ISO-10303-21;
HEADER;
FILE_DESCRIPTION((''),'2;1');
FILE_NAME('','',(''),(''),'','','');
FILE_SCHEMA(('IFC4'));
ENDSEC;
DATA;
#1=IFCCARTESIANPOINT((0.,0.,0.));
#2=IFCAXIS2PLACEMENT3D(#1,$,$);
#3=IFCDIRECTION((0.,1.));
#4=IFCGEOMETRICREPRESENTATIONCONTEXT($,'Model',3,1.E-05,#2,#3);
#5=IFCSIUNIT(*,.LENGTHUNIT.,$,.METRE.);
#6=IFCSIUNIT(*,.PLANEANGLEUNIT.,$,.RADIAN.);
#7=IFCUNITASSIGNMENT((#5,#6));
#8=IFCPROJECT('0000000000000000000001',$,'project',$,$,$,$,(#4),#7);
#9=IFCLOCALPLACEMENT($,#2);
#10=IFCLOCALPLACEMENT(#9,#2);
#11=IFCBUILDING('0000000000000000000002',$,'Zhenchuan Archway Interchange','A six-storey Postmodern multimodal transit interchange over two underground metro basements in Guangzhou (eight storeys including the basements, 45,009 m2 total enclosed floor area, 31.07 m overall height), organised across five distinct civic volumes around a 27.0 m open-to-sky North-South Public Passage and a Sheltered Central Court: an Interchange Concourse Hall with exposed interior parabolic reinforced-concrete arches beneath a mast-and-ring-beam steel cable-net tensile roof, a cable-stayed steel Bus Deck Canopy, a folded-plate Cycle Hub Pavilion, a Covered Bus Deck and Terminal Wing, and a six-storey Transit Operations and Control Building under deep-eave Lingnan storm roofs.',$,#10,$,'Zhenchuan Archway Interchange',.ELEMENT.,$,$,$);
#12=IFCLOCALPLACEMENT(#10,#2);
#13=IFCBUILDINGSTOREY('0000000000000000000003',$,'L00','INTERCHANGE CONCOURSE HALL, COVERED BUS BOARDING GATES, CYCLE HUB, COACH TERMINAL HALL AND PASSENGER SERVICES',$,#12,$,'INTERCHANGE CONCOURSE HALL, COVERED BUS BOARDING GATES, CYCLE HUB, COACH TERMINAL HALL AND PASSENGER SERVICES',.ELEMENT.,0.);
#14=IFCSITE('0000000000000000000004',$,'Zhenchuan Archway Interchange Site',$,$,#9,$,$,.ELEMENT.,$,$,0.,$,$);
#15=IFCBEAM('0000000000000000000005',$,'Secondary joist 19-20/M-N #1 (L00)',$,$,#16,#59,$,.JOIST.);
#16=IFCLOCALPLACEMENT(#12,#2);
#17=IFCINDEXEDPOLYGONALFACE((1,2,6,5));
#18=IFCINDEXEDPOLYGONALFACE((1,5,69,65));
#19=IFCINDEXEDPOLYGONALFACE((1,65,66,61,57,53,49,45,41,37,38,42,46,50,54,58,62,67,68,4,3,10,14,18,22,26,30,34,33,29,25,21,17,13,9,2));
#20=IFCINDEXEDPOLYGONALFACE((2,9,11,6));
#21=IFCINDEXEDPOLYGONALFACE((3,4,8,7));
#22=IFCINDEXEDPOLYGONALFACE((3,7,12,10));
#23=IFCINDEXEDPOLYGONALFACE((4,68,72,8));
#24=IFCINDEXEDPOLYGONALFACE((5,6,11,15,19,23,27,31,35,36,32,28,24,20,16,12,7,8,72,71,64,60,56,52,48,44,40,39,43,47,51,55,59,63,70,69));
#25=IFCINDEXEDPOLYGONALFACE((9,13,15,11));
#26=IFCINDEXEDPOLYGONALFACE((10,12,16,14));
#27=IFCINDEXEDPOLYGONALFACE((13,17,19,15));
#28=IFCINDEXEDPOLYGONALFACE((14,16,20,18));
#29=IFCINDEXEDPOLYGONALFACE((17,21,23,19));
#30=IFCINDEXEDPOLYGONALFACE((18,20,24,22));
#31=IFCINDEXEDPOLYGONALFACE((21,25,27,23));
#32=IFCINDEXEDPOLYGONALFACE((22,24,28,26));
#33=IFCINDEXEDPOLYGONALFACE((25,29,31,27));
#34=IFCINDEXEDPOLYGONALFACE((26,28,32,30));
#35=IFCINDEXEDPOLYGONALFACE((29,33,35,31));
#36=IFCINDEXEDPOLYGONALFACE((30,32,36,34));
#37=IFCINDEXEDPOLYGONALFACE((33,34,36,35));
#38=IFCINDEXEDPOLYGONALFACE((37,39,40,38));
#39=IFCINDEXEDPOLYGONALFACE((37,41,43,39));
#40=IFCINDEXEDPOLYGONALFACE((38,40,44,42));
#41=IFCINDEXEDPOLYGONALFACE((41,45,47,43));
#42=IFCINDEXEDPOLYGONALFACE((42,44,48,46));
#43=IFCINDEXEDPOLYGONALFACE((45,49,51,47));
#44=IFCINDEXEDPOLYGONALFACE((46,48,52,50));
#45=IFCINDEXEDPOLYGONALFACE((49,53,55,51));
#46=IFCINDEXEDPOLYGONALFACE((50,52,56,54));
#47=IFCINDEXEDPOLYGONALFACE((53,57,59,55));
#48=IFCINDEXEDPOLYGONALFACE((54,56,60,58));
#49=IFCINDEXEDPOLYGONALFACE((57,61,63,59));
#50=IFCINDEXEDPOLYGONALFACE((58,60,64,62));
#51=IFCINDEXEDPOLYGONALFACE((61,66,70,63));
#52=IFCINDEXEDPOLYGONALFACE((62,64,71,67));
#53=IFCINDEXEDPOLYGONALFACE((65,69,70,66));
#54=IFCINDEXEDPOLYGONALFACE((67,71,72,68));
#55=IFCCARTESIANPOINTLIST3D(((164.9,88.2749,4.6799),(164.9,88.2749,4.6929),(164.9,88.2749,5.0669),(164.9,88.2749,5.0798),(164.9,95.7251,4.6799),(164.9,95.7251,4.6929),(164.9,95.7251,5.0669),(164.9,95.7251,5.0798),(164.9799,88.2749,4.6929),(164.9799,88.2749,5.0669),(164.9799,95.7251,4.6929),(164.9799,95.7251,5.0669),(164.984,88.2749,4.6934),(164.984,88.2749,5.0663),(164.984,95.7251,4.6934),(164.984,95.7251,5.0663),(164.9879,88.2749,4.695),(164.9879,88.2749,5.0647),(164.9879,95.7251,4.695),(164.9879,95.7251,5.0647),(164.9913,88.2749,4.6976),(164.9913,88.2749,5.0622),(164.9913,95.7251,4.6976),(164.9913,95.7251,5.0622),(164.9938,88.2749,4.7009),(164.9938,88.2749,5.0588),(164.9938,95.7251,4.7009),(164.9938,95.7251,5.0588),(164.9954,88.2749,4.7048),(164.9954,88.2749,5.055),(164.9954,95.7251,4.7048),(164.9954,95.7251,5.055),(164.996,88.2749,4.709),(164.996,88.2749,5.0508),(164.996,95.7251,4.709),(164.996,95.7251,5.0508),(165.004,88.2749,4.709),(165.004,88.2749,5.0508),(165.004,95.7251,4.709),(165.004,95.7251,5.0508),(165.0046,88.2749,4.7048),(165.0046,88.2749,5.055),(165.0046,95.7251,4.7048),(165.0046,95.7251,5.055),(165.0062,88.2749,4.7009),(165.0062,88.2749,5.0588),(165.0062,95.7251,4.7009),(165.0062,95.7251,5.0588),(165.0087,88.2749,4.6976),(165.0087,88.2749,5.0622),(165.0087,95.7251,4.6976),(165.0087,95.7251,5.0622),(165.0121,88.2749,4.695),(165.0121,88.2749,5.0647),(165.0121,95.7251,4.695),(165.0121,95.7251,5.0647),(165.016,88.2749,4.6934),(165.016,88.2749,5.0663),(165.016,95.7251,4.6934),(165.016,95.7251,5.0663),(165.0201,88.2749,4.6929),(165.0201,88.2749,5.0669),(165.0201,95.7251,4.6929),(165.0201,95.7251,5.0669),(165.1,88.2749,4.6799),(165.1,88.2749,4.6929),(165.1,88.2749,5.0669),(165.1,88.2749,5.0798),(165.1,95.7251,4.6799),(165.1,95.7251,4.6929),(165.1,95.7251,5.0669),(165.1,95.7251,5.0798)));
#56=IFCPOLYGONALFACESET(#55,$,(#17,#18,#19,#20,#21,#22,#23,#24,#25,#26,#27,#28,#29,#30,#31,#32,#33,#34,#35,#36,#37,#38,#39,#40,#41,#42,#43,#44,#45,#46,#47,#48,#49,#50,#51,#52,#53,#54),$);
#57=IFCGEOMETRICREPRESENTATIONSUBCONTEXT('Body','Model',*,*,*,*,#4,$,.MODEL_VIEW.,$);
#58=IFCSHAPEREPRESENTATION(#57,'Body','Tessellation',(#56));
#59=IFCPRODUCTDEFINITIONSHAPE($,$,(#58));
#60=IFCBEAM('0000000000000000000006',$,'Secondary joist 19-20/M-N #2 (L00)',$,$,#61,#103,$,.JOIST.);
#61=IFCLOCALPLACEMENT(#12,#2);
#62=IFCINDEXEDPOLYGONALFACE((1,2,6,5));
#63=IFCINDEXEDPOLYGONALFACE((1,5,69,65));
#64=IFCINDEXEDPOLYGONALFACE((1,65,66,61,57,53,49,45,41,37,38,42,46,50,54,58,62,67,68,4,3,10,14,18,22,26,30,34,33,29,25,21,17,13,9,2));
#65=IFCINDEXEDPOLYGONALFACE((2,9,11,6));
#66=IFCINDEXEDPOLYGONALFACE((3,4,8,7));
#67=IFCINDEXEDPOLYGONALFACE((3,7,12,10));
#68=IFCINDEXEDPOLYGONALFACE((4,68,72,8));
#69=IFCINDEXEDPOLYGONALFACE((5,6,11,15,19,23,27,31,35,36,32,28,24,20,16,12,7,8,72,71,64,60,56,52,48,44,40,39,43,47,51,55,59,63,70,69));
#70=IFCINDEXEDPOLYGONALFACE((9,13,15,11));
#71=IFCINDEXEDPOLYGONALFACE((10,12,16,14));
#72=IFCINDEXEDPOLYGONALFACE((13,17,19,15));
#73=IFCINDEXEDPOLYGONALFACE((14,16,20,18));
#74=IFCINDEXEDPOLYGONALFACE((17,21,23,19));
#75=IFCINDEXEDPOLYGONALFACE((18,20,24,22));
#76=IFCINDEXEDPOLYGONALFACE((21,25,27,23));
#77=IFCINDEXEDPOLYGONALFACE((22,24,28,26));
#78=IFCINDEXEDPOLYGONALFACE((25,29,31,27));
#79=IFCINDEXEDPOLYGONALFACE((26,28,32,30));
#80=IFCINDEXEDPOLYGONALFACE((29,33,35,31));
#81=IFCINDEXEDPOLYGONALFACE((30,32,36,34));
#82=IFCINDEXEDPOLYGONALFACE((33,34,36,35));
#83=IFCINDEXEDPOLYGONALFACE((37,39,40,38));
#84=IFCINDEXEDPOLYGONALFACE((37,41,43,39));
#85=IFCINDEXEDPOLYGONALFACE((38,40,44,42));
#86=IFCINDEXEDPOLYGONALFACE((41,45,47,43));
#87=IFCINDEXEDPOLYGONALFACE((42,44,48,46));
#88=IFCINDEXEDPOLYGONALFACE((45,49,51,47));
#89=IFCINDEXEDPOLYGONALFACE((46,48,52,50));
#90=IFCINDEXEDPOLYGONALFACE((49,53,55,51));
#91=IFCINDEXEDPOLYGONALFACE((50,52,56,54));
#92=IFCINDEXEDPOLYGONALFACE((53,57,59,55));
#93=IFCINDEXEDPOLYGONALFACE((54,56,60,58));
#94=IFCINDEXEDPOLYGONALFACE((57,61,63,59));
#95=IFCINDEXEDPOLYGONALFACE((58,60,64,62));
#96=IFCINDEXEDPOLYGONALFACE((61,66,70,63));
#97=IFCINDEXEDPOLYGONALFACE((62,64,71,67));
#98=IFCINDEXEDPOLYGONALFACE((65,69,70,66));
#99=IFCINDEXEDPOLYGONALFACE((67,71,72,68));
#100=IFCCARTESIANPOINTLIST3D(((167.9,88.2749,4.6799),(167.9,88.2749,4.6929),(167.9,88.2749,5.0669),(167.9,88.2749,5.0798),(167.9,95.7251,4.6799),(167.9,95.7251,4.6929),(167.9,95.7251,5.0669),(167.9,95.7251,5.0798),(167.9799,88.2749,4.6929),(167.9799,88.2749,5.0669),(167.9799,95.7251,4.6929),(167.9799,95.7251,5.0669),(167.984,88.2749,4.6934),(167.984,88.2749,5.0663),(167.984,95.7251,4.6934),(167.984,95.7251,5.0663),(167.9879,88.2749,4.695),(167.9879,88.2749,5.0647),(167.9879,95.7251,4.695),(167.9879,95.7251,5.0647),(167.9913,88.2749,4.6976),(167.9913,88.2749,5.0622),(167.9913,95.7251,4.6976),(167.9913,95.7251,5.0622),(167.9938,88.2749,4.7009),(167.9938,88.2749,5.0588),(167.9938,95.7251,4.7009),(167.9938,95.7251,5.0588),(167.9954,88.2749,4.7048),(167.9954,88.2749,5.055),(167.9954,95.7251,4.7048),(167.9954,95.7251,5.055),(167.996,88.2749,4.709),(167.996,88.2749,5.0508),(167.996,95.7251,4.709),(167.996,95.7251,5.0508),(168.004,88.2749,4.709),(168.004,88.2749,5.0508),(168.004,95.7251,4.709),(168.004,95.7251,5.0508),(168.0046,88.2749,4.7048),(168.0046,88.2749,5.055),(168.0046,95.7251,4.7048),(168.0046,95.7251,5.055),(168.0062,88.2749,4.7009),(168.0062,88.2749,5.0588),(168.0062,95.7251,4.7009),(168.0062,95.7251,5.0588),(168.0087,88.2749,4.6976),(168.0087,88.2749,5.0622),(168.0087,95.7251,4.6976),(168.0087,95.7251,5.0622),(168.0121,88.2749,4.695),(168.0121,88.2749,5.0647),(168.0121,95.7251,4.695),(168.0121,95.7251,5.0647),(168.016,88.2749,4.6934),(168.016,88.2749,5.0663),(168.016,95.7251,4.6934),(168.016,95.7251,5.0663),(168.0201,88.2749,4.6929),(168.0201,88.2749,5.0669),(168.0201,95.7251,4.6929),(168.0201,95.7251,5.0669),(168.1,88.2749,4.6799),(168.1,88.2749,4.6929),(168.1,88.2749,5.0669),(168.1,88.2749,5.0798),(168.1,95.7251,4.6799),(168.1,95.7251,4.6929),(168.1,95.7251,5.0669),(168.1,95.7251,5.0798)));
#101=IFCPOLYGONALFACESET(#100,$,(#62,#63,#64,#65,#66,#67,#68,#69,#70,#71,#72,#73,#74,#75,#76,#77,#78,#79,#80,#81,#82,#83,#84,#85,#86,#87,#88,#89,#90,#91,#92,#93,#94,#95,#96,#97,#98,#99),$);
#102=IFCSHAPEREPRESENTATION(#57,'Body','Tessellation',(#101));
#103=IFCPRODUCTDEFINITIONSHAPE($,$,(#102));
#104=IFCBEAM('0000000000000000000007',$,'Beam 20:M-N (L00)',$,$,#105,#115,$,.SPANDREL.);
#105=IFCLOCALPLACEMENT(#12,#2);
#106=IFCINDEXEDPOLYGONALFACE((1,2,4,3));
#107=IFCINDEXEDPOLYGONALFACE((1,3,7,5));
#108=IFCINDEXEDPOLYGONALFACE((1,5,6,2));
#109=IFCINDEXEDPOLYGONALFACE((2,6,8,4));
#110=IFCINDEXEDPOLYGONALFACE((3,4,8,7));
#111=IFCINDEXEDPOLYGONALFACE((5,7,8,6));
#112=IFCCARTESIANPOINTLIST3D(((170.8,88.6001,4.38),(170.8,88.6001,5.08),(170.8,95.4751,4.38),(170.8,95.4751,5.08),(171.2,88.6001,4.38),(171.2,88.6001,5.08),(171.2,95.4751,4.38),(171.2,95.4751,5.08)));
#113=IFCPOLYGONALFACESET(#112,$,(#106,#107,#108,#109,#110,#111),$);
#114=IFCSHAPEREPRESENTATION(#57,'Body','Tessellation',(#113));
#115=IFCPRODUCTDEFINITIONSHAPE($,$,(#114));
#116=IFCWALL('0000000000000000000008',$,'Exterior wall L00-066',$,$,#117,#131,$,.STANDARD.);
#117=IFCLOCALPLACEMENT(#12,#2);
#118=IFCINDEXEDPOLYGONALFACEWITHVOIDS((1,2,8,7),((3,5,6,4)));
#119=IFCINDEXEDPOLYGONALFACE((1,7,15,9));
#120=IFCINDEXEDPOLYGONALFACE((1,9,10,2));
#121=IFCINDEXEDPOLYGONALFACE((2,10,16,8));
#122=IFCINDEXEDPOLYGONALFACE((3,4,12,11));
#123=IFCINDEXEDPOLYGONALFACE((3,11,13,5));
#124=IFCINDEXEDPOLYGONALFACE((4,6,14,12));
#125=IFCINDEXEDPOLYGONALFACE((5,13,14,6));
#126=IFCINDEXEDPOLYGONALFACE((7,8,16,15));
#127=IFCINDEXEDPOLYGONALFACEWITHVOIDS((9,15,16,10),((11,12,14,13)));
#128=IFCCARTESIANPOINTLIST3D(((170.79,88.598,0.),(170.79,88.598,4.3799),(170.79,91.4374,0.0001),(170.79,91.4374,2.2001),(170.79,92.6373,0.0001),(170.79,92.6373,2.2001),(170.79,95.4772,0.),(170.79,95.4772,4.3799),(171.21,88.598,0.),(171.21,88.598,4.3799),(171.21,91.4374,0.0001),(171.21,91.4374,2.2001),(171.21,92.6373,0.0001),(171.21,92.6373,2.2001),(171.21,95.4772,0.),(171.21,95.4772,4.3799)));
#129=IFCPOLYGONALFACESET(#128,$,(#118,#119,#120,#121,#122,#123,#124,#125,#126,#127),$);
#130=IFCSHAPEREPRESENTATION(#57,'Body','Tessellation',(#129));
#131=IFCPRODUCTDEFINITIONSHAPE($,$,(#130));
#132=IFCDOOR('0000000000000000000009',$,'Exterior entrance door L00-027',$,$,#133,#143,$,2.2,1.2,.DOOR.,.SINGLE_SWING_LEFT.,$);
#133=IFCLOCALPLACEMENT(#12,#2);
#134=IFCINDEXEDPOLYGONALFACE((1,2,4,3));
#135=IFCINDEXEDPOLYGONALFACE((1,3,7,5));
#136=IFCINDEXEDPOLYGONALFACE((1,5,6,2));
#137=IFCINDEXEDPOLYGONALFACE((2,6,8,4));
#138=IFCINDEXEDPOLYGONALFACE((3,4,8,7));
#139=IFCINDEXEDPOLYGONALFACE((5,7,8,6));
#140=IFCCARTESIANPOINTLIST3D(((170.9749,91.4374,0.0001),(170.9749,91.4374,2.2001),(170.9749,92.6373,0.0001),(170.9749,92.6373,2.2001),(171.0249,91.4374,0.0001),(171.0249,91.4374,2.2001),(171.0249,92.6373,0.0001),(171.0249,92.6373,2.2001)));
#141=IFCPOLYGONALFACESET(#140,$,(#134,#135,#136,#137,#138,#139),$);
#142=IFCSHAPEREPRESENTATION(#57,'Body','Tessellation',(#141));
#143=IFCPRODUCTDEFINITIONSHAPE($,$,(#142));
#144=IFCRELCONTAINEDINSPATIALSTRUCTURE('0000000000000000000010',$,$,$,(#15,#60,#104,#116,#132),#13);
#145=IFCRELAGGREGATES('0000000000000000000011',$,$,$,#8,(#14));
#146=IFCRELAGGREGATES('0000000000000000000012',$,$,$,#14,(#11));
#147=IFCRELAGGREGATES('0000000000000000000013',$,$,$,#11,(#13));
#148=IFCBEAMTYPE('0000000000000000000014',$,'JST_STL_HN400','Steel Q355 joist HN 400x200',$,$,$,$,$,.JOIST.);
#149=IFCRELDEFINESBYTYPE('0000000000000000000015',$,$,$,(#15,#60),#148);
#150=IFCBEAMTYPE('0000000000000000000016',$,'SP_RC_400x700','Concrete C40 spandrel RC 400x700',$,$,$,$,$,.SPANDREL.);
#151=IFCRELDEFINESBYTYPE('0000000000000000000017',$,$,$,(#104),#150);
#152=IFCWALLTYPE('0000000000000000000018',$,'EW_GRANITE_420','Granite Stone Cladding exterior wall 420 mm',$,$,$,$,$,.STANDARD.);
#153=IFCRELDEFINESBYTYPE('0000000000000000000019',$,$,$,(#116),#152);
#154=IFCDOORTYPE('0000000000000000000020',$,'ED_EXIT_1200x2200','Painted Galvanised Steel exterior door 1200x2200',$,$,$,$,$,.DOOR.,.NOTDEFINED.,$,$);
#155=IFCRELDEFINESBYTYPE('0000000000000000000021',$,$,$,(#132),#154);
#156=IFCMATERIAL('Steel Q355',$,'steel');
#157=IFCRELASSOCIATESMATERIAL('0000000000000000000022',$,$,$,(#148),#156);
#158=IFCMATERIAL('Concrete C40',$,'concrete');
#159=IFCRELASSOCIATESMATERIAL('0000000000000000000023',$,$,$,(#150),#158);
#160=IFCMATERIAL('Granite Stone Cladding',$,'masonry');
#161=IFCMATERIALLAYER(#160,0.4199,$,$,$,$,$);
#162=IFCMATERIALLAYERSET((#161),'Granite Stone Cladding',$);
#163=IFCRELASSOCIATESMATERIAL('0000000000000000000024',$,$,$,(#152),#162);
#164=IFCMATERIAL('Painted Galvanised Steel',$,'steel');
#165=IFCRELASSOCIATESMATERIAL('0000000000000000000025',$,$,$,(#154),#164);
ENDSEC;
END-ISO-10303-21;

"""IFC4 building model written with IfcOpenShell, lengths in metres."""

from ifc_helpers import new_model, si_unit, direction, frame, frame_2d, origin, origin_2d, place, context, subcontext, project, spatial, rectangle, i_section, extrude, material, layer, layer_set, material_profile, profile_set, type_object, element, fill, save


model = new_model("IFC4")

# Units and contexts
model_context = context("Model", 3, precision=1e-05, world=origin(), true_north=direction((0.0, 1.0)))
body_context = subcontext(model_context, "Body", "Model", "MODEL_VIEW")
ifc_project = project(units=[si_unit("LENGTHUNIT", "METRE"), si_unit("PLANEANGLEUNIT", "RADIAN")], contexts=[model_context])

# Site, building, storey
site_placement = place(None, origin())
site = spatial("IfcSite", under=ifc_project, at=site_placement, Name="Zhenchuan Archway Interchange Site", CompositionType="ELEMENT", RefElevation=0.0)
building_placement = place(site_placement, origin())
building = spatial("IfcBuilding", under=site, at=building_placement, Name="Zhenchuan Archway Interchange", Description="A six-storey Postmodern multimodal transit interchange over two underground metro basements in Guangzhou (eight storeys including the basements, 45,009 m2 total enclosed floor area, 31.07 m overall height), organised across five distinct civic volumes around a 27.0 m open-to-sky North-South Public Passage and a Sheltered Central Court: an Interchange Concourse Hall with exposed interior parabolic reinforced-concrete arches beneath a mast-and-ring-beam steel cable-net tensile roof, a cable-stayed steel Bus Deck Canopy, a folded-plate Cycle Hub Pavilion, a Covered Bus Deck and Terminal Wing, and a six-storey Transit Operations and Control Building under deep-eave Lingnan storm roofs.", LongName="Zhenchuan Archway Interchange", CompositionType="ELEMENT")
storey_placement = place(building_placement, origin())
storey = spatial("IfcBuildingStorey", under=building, at=storey_placement, Name="L00", Description="INTERCHANGE CONCOURSE HALL, COVERED BUS BOARDING GATES, CYCLE HUB, COACH TERMINAL HALL AND PASSENGER SERVICES", LongName="INTERCHANGE CONCOURSE HALL, COVERED BUS BOARDING GATES, CYCLE HUB, COACH TERMINAL HALL AND PASSENGER SERVICES", CompositionType="ELEMENT", Elevation=0.0)

# Shared definitions
ifc_material_1 = material(Name="Concrete C40", Category="concrete")

# Beams
ifc_material_2 = material(Name="Steel Q355", Category="steel")
ifc_material_profile_1 = material_profile(ifc_material_2, i_section(OverallWidth=0.2, OverallDepth=0.3999, WebThickness=0.0081, FlangeThickness=0.0129, FilletRadius=0.0161, at=origin_2d()), Name="HN 400x200")
ifc_profile_set_1 = profile_set([ifc_material_profile_1], Name="Steel Q355")
beam_type_1 = type_object("IfcBeamType", Name="JST_STL_HN400", Description="Steel Q355 joist HN 400x200", PredefinedType="JOIST", material=ifc_profile_set_1)
for number, where, z_axis, x_axis, name in (
    (1, (165.0, 88.2749, 4.8799), (0.0, 1.0, 0.0), (-1.0, 0.0, 0.0), "Secondary joist 19-20/M-N #1 (L00)"),
    (2, (168.0, 88.2749, 4.8799), (0.0, 1.0, 0.0), (-1.0, 0.0, 0.0), "Secondary joist 19-20/M-N #2 (L00)"),
):
    element("IfcBeam", number, at=place(storey_placement, frame(where, z_axis=z_axis, x_axis=x_axis)), inside=storey, type_object=beam_type_1, Name=name, PredefinedType="JOIST", context=body_context, shape_type="SweptSolid", body=[
        extrude(i_section(OverallWidth=0.2, OverallDepth=0.3999, WebThickness=0.0081, FlangeThickness=0.0129, FilletRadius=0.0161, at=origin_2d()), origin(), (0.0, 0.0, 1.0), 7.4502),
    ])
ifc_material_profile_2 = material_profile(ifc_material_1, rectangle(XDim=0.3999, YDim=0.7, at=origin_2d()), Name="RC 400x700")
ifc_profile_set_2 = profile_set([ifc_material_profile_2], Name="Concrete C40")
beam_type_2 = type_object("IfcBeamType", Name="SP_RC_400x700", Description="Concrete C40 spandrel RC 400x700", PredefinedType="SPANDREL", material=ifc_profile_set_2)
beam_1_placement = place(storey_placement, frame((171.0, 88.6001, 4.73), z_axis=(0.0, 1.0, 0.0), x_axis=(-1.0, 0.0, 0.0)))
element("IfcBeam", 3, at=beam_1_placement, inside=storey, type_object=beam_type_2, Name="Beam 20:M-N (L00)", PredefinedType="SPANDREL", context=body_context, shape_type="SweptSolid", body=[
    extrude(rectangle(XDim=0.3999, YDim=0.7, at=origin_2d()), origin(), (0.0, 0.0, 1.0), 6.875),
])

# Wall, opening, door
ifc_material_3 = material(Name="Granite Stone Cladding", Category="masonry")
ifc_layer_1 = layer(ifc_material_3, 0.4199)
ifc_layer_set_1 = layer_set([ifc_layer_1], Name="Granite Stone Cladding")
wall_type_1 = type_object("IfcWallType", Name="EW_GRANITE_420", Description="Granite Stone Cladding exterior wall 420 mm", PredefinedType="STANDARD", material=ifc_layer_set_1)
wall_1_placement = place(storey_placement, frame((171.0, 95.4771, 0.0), z_axis=(0.0, 0.0, 1.0), x_axis=(0.0, -1.0, 0.0)))
wall_1 = element("IfcWall", 4, at=wall_1_placement, inside=storey, type_object=wall_type_1, Name="Exterior wall L00-066", PredefinedType="STANDARD", context=body_context, shape_type="SweptSolid", body=[
    extrude(rectangle(XDim=6.8792, YDim=0.4199, at=frame_2d((3.4395, 0.0))), origin(), (0.0, 0.0, 1.0), 4.3799),
])
opening_1_placement = place(wall_1_placement, frame((2.8396, 0.0, 0.0)))
opening_1 = element("IfcOpeningElement", 5, at=opening_1_placement, cuts=wall_1, PredefinedType="OPENING", context=body_context, shape_type="SweptSolid", body=[
    extrude(rectangle(XDim=1.2, YDim=2.2, at=frame_2d((0.6001, 1.1001))), frame((0.0, 0.2219, 0.0), z_axis=(0.0, -1.0, 0.0), x_axis=(1.0, 0.0, 0.0)), (0.0, 0.0, 1.0), 0.4438),
])
ifc_material_4 = material(Name="Painted Galvanised Steel", Category="steel")
door_type = type_object("IfcDoorType", Name="ED_EXIT_1200x2200", Description="Painted Galvanised Steel exterior door 1200x2200", OperationType="NOTDEFINED", PredefinedType="DOOR", material=ifc_material_4)
door_placement = place(opening_1_placement, origin())
door = element("IfcDoor", 6, at=door_placement, inside=storey, type_object=door_type, Name="Exterior entrance door L00-027", OperationType="SINGLE_SWING_LEFT", OverallHeight=2.2, OverallWidth=1.2, PredefinedType="DOOR", context=body_context, shape_type="SweptSolid", body=[
    extrude(rectangle(XDim=1.2, YDim=2.2, at=frame_2d((0.6001, 1.1001))), frame((0.0, 0.0249, 0.0), z_axis=(0.0, -1.0, 0.0), x_axis=(1.0, 0.0, 0.0)), (0.0, 0.0, 1.0), 0.05),
])
fill(opening_1, door)

save(model, "model.ifc")
